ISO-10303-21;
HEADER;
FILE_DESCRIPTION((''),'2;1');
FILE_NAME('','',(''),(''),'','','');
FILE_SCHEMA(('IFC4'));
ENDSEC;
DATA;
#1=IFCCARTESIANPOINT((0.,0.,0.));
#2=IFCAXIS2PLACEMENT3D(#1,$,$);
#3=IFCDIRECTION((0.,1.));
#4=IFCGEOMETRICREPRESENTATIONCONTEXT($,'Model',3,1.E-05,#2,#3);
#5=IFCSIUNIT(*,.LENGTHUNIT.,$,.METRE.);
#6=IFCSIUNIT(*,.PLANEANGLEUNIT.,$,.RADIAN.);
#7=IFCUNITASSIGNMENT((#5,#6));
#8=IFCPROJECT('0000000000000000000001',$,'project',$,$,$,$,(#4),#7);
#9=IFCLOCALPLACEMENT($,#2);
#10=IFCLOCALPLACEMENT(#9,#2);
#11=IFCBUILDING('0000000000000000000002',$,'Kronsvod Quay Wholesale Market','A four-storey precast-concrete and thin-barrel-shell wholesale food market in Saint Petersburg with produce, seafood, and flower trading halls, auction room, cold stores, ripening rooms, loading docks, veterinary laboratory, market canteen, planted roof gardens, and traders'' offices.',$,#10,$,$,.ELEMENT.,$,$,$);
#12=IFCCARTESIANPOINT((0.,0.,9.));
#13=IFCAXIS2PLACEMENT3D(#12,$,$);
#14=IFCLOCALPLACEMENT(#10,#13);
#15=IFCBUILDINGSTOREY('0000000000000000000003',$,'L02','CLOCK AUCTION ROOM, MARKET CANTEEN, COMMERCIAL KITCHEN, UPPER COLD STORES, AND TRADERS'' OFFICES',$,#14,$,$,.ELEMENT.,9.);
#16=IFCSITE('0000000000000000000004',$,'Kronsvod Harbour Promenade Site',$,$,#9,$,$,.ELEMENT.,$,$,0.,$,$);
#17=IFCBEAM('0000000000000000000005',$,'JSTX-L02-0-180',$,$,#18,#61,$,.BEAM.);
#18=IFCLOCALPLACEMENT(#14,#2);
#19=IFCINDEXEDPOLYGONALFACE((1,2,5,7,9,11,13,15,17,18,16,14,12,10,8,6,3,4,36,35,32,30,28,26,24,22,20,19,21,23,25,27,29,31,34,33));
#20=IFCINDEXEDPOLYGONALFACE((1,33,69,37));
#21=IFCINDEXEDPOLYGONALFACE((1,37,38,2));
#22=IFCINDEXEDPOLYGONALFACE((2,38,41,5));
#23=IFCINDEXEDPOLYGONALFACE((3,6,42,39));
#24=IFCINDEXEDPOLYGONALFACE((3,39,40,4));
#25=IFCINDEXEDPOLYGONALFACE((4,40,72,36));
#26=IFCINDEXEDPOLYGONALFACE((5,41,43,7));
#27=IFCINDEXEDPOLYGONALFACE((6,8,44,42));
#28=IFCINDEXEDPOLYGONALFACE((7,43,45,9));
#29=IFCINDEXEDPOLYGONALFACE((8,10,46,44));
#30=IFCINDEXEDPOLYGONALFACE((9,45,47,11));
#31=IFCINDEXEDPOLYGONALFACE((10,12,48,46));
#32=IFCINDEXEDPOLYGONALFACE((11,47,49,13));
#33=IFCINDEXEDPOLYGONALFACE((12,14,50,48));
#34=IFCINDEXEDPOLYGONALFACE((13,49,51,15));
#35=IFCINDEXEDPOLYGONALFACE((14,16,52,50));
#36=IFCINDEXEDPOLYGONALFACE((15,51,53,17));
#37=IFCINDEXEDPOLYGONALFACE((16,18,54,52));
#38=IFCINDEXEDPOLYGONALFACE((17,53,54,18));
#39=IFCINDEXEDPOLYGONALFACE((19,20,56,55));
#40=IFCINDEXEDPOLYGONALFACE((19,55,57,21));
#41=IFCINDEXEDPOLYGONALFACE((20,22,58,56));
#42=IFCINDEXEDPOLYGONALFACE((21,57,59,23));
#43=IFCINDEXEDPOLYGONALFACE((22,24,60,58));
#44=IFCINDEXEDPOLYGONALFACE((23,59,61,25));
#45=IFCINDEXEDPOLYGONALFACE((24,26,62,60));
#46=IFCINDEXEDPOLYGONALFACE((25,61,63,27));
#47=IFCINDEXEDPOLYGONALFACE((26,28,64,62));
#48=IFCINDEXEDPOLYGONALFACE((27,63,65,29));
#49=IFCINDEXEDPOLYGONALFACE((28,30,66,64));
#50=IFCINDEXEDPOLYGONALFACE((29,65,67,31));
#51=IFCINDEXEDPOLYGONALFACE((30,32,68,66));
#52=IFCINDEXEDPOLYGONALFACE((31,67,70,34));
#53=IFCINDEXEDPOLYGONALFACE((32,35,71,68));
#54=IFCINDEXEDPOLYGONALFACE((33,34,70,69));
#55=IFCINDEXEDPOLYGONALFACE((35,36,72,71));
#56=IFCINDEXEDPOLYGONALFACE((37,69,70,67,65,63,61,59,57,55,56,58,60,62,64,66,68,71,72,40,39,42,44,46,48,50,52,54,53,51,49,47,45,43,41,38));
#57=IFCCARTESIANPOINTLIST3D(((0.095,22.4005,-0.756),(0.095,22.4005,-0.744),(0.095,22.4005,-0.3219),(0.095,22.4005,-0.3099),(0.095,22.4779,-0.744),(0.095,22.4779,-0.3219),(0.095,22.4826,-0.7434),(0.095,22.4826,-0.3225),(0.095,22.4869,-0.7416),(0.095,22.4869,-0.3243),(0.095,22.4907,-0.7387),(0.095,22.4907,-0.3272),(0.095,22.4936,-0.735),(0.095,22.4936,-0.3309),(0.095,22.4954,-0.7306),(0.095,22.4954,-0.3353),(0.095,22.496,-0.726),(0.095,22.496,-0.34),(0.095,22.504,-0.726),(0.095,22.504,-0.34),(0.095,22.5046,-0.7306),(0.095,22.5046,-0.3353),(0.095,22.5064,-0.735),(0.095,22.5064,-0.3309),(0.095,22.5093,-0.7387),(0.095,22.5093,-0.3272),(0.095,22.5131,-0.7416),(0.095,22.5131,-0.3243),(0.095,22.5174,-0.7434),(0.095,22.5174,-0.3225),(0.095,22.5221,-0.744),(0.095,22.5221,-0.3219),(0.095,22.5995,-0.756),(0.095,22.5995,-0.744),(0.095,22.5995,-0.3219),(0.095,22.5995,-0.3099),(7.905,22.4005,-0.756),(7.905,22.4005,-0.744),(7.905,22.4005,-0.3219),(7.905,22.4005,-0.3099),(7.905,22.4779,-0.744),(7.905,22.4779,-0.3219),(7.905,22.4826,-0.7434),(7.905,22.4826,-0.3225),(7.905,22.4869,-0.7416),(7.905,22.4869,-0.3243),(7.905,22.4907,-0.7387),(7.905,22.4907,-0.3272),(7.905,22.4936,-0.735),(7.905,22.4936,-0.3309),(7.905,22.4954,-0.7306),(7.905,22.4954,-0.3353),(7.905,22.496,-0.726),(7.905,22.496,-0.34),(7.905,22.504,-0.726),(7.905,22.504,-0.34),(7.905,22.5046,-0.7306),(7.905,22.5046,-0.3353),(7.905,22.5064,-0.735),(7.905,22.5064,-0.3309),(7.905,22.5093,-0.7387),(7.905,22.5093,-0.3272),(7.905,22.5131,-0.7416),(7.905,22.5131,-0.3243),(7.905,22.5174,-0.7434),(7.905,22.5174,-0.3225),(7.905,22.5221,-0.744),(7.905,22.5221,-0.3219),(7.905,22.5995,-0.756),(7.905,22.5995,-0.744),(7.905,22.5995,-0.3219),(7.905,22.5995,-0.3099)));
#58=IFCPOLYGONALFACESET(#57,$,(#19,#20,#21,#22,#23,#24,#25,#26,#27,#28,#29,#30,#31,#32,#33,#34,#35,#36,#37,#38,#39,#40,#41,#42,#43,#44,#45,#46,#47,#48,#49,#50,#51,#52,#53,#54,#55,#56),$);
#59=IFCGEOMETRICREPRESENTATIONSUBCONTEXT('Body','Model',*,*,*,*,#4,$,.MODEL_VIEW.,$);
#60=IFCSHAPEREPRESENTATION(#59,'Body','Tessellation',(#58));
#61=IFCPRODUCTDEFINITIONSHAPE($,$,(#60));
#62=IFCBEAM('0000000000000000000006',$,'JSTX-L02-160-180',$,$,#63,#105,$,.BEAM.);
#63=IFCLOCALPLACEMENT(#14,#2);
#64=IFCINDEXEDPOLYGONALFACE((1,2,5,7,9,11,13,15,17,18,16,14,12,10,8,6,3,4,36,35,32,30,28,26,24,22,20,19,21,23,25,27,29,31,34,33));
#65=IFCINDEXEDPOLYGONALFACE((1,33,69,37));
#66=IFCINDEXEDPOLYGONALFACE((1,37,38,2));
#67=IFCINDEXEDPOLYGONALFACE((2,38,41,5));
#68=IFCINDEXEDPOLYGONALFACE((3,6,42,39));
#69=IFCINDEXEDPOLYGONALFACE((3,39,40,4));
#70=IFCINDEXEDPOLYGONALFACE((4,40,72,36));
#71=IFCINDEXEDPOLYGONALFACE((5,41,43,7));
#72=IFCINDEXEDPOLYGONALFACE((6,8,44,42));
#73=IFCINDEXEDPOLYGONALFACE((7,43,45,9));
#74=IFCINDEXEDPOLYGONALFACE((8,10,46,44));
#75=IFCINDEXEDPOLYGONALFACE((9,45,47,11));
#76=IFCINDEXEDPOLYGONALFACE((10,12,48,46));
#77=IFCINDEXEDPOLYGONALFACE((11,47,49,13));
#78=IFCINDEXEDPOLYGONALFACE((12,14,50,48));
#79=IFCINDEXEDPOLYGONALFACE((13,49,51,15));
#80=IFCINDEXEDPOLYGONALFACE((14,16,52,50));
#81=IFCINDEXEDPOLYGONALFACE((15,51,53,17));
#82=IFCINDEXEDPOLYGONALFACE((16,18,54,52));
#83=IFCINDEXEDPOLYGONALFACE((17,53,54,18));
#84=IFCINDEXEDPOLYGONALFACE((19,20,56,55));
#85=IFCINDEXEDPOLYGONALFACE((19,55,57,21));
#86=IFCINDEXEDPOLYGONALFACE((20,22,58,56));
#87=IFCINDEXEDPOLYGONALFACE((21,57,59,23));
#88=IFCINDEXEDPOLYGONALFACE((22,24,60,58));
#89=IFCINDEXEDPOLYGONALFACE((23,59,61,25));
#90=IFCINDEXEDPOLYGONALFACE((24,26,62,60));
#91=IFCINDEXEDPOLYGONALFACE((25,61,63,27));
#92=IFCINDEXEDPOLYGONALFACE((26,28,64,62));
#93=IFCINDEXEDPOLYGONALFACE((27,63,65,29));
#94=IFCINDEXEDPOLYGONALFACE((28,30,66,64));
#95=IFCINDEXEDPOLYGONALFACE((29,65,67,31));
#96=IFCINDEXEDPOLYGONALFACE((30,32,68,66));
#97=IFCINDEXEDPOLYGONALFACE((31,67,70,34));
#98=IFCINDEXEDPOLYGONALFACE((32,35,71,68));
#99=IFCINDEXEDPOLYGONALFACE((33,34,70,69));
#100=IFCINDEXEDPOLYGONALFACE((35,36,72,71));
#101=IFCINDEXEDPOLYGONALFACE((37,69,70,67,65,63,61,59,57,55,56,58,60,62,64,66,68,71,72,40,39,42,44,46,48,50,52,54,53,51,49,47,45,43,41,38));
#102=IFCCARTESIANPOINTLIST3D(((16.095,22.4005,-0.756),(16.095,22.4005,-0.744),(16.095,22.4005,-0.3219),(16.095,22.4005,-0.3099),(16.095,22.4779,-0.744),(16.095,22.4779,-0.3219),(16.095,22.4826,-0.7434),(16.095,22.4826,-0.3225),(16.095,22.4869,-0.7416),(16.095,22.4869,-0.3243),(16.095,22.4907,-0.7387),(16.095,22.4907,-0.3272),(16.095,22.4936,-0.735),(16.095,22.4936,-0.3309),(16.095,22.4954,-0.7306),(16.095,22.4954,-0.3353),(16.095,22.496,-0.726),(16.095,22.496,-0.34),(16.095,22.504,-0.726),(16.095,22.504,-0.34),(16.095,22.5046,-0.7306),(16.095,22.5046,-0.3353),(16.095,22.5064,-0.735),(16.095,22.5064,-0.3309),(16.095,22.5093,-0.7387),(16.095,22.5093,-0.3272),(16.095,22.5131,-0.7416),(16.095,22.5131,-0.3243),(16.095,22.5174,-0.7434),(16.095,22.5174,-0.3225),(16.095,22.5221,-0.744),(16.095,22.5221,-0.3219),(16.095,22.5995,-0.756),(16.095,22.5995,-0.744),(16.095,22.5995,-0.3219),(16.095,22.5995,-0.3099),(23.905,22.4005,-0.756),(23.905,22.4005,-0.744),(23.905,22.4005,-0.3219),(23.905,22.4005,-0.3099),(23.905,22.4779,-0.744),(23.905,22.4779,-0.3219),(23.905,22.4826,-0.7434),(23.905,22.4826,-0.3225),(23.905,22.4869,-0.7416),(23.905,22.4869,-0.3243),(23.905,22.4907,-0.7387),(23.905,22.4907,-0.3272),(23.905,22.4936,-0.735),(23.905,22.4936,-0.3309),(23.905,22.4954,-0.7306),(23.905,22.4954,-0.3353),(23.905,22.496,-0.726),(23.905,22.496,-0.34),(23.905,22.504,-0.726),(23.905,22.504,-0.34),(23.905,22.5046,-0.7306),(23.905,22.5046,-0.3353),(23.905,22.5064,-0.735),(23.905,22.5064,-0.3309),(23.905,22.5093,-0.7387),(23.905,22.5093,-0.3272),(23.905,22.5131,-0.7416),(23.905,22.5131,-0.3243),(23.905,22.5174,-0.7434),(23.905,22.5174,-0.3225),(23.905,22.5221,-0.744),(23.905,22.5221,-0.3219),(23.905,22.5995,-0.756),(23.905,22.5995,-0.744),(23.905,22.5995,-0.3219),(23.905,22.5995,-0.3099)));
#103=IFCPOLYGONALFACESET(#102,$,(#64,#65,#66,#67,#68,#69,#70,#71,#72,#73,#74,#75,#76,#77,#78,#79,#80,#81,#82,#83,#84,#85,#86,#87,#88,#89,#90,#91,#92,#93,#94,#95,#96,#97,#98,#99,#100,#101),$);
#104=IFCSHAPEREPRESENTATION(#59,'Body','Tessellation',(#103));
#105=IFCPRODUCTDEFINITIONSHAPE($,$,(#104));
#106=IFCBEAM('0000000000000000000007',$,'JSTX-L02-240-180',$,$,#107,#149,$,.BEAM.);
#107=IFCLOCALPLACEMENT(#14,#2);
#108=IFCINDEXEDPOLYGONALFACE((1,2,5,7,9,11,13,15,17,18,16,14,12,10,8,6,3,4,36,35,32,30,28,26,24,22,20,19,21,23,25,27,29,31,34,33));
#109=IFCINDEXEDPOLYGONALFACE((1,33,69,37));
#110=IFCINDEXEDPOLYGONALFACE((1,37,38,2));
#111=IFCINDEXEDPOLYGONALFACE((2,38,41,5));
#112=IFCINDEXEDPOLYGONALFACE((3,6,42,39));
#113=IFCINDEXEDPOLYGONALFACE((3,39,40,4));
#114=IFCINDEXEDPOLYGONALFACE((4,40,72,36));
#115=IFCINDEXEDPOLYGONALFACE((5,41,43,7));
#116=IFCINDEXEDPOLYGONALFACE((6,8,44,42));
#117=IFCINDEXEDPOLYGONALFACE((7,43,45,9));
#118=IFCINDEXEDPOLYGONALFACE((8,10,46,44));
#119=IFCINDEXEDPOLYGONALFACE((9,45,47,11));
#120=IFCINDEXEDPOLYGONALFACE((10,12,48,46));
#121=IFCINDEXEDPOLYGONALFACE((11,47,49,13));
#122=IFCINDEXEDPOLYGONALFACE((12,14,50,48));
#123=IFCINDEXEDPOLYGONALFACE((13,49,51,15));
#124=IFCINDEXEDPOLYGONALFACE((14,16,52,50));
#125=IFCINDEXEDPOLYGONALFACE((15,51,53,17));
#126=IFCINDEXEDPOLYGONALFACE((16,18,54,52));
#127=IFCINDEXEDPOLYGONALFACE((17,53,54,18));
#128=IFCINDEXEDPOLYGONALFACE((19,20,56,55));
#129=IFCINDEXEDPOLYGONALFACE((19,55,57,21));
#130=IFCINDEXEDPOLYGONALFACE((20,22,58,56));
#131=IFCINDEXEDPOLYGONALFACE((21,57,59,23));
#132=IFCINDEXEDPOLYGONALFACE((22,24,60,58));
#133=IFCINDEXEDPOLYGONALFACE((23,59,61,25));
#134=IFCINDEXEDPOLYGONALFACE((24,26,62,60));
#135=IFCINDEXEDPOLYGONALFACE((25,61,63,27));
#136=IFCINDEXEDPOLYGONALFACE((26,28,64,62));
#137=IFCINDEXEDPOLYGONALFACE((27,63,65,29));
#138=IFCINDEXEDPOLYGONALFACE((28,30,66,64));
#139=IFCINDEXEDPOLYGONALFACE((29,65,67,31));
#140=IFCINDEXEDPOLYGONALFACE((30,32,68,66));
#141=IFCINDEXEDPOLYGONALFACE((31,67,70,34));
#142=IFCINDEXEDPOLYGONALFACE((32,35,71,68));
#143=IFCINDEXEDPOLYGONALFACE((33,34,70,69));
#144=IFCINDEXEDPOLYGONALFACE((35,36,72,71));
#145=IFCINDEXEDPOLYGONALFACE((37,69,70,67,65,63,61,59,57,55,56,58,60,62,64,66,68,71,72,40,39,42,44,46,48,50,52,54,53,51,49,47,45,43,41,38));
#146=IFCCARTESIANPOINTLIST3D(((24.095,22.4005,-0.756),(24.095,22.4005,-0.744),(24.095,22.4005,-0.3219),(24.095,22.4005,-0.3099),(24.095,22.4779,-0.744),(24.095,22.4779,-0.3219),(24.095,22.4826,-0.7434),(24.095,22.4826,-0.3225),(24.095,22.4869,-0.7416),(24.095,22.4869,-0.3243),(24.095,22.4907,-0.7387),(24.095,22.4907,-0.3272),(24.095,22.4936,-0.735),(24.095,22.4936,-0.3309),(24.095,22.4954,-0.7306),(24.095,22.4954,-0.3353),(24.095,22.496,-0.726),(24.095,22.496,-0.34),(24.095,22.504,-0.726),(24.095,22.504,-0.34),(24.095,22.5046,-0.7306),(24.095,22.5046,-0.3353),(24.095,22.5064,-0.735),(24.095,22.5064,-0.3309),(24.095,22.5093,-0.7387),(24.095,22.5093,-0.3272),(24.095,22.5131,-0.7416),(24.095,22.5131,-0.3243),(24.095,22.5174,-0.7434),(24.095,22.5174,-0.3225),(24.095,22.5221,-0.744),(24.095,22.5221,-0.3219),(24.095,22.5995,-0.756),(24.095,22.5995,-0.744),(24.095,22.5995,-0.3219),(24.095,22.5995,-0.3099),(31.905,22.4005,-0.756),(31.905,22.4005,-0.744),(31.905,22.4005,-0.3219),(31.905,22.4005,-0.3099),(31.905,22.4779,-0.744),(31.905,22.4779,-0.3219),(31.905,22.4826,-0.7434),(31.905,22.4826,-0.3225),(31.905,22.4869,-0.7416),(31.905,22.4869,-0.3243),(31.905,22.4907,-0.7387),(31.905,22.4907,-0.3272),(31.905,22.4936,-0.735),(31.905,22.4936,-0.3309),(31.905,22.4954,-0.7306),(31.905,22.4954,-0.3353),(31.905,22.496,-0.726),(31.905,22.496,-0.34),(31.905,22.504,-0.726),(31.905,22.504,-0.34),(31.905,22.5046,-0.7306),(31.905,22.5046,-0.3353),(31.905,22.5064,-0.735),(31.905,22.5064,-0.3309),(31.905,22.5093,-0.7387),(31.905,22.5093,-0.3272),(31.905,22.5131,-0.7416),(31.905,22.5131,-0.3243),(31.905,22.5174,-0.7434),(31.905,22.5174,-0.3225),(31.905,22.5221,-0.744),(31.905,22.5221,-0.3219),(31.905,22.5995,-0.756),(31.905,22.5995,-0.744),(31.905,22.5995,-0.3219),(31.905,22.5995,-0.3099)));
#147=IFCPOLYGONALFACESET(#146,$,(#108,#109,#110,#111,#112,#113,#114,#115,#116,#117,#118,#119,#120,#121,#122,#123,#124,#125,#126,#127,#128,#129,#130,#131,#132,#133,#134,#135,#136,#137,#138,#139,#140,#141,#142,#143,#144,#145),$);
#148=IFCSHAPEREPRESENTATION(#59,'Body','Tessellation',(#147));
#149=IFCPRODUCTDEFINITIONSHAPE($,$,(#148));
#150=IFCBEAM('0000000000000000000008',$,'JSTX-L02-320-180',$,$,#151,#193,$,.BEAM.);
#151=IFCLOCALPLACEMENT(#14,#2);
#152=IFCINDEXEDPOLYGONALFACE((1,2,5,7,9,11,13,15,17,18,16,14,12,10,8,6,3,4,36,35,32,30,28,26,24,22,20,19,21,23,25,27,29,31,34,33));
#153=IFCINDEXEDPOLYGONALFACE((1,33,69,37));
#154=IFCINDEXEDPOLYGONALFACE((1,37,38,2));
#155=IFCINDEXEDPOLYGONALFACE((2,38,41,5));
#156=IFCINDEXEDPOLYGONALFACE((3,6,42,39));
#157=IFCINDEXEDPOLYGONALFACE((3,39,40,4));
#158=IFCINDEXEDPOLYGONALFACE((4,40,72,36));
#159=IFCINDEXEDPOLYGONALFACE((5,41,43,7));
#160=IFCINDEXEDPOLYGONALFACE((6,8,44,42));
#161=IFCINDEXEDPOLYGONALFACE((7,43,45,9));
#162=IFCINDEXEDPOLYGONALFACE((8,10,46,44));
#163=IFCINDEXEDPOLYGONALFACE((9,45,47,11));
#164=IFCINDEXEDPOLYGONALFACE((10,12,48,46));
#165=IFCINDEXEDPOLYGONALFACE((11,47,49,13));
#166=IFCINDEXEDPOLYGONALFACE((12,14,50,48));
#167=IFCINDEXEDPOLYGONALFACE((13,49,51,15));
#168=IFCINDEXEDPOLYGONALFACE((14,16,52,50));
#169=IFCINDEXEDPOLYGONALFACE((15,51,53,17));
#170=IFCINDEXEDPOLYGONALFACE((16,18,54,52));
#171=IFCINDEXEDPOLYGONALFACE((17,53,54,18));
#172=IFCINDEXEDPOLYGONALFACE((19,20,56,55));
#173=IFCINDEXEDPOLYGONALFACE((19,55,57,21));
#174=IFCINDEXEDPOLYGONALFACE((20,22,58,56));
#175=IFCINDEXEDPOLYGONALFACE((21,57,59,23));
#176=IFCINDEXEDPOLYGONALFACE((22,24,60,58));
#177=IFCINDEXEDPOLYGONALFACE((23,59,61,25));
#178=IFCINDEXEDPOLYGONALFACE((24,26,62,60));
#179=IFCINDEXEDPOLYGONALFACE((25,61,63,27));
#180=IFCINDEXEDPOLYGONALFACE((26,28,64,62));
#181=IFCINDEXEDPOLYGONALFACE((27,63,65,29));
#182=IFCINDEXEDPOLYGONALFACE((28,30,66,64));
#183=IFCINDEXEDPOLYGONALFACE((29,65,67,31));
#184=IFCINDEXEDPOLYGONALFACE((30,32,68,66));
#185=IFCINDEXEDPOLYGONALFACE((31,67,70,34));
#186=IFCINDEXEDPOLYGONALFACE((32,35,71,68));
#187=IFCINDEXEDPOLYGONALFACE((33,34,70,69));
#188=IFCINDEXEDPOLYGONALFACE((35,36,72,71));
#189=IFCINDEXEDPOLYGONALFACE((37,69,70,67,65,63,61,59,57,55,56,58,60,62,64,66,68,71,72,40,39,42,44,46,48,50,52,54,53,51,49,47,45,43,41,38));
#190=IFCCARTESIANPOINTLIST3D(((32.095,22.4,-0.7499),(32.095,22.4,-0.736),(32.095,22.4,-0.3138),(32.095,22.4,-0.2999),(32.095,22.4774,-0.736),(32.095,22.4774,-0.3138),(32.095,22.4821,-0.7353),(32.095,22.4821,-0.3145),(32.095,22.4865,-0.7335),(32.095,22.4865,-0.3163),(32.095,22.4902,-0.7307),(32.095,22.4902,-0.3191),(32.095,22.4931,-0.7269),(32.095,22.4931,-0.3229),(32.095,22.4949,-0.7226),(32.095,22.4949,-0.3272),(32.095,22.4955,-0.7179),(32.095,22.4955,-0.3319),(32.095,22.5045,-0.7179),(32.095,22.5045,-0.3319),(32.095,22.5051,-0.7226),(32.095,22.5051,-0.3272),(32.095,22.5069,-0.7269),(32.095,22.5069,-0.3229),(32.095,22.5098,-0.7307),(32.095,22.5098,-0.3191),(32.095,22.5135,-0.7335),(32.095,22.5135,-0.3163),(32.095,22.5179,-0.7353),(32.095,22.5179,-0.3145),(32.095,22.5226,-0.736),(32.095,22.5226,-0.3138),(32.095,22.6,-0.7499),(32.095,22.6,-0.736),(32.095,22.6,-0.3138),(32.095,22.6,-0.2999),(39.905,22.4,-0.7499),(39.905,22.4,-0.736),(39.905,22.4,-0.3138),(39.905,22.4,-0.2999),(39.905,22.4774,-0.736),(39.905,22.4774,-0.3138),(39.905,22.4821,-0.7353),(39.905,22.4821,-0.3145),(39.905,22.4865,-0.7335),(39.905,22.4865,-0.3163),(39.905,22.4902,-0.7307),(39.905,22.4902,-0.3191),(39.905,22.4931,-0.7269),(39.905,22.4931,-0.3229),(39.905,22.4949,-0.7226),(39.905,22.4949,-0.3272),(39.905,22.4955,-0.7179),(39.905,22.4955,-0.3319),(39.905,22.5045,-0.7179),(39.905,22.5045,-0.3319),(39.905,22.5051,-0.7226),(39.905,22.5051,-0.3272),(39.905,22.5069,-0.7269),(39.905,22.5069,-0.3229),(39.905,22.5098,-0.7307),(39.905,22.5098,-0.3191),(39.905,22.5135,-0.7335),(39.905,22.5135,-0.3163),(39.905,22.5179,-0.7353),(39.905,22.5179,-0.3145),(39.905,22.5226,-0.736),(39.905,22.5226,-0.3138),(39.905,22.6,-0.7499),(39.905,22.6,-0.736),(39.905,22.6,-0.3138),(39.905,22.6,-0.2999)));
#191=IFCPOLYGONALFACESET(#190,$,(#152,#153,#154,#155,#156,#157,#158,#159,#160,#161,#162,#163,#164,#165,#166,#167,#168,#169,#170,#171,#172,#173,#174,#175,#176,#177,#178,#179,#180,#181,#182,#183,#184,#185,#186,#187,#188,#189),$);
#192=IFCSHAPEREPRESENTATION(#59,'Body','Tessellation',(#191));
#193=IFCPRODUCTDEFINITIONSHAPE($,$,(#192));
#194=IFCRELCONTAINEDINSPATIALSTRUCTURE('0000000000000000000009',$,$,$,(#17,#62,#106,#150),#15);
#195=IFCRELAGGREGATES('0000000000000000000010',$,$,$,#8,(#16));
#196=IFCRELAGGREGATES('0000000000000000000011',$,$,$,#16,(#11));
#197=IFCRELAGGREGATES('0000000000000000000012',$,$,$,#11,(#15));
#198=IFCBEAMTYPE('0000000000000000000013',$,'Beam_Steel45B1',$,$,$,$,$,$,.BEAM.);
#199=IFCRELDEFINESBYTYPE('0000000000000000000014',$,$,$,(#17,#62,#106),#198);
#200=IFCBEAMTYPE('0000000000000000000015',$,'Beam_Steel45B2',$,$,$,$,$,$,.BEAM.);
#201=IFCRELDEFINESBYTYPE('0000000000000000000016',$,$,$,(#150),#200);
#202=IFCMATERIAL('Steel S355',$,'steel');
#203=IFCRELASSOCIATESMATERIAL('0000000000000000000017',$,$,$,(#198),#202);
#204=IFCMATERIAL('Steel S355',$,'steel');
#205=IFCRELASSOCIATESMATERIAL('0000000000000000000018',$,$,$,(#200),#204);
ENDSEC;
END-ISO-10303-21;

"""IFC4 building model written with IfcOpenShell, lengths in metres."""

from ifc_helpers import new_model, si_unit, direction, frame, origin, origin_2d, place, context, subcontext, project, spatial, i_section, extrude, material, material_profile, profile_set, type_object, element, save


model = new_model("IFC4")

# Units and contexts
model_context = context("Model", 3, precision=1e-05, world=origin(), true_north=direction((0.0, 1.0)))
body_context = subcontext(model_context, "Body", "Model", "MODEL_VIEW")
ifc_project = project(units=[si_unit("LENGTHUNIT", "METRE"), si_unit("PLANEANGLEUNIT", "RADIAN")], contexts=[model_context])

# Site, building, storey
site_placement = place(None, origin())
site = spatial("IfcSite", under=ifc_project, at=site_placement, Name="Kronsvod Harbour Promenade Site", CompositionType="ELEMENT", RefElevation=0.0)
building_placement = place(site_placement, origin())
building = spatial("IfcBuilding", under=site, at=building_placement, Name="Kronsvod Quay Wholesale Market", Description="A four-storey precast-concrete and thin-barrel-shell wholesale food market in Saint Petersburg with produce, seafood, and flower trading halls, auction room, cold stores, ripening rooms, loading docks, veterinary laboratory, market canteen, planted roof gardens, and traders' offices.", CompositionType="ELEMENT")
storey_placement = place(building_placement, frame((0.0, 0.0, 9.0)))
storey = spatial("IfcBuildingStorey", under=building, at=storey_placement, Name="L02", Description="CLOCK AUCTION ROOM, MARKET CANTEEN, COMMERCIAL KITCHEN, UPPER COLD STORES, AND TRADERS' OFFICES", CompositionType="ELEMENT", Elevation=9.0)

# Beams
ifc_material_1 = material(Name="Steel S355", Category="steel")
ifc_material_profile_1 = material_profile(ifc_material_1, i_section(OverallWidth=0.199, OverallDepth=0.446, WebThickness=0.0081, FlangeThickness=0.012, FilletRadius=0.0181, at=origin_2d()), Name="45B1")
ifc_profile_set_1 = profile_set([ifc_material_profile_1], Name="Steel S355")
beam_type_1 = type_object("IfcBeamType", Name="Beam_Steel45B1", PredefinedType="BEAM", material=ifc_profile_set_1)
for number, where, z_axis, x_axis, name in (
    (1, (0.095, 22.5, -0.533), (1.0, 0.0, 0.0), (0.0, 1.0, 0.0), "JSTX-L02-0-180"),
    (2, (16.095, 22.5, -0.533), (1.0, 0.0, 0.0), (0.0, 1.0, 0.0), "JSTX-L02-160-180"),
    (3, (24.095, 22.5, -0.533), (1.0, 0.0, 0.0), (0.0, 1.0, 0.0), "JSTX-L02-240-180"),
):
    element("IfcBeam", number, at=place(storey_placement, frame(where, z_axis=z_axis, x_axis=x_axis)), inside=storey, type_object=beam_type_1, Name=name, PredefinedType="BEAM", context=body_context, shape_type="SweptSolid", body=[
        extrude(i_section(OverallWidth=0.199, OverallDepth=0.446, WebThickness=0.0081, FlangeThickness=0.012, FilletRadius=0.0181, at=origin_2d()), origin(), (0.0, 0.0, 1.0), 7.8101),
    ])
ifc_material_2 = material(Name="Steel S355", Category="steel")
ifc_material_profile_2 = material_profile(ifc_material_2, i_section(OverallWidth=0.2, OverallDepth=0.45, WebThickness=0.009, FlangeThickness=0.0139, FilletRadius=0.0181, at=origin_2d()), Name="45B2")
ifc_profile_set_2 = profile_set([ifc_material_profile_2], Name="Steel S355")
beam_type_2 = type_object("IfcBeamType", Name="Beam_Steel45B2", PredefinedType="BEAM", material=ifc_profile_set_2)
beam_1_placement = place(storey_placement, frame((32.095, 22.5, -0.5249), z_axis=(1.0, 0.0, 0.0), x_axis=(0.0, 1.0, 0.0)))
element("IfcBeam", 4, at=beam_1_placement, inside=storey, type_object=beam_type_2, Name="JSTX-L02-320-180", PredefinedType="BEAM", context=body_context, shape_type="SweptSolid", body=[
    extrude(i_section(OverallWidth=0.2, OverallDepth=0.45, WebThickness=0.009, FlangeThickness=0.0139, FilletRadius=0.0181, at=origin_2d()), origin(), (0.0, 0.0, 1.0), 7.8101),
])

save(model, "model.ifc")
